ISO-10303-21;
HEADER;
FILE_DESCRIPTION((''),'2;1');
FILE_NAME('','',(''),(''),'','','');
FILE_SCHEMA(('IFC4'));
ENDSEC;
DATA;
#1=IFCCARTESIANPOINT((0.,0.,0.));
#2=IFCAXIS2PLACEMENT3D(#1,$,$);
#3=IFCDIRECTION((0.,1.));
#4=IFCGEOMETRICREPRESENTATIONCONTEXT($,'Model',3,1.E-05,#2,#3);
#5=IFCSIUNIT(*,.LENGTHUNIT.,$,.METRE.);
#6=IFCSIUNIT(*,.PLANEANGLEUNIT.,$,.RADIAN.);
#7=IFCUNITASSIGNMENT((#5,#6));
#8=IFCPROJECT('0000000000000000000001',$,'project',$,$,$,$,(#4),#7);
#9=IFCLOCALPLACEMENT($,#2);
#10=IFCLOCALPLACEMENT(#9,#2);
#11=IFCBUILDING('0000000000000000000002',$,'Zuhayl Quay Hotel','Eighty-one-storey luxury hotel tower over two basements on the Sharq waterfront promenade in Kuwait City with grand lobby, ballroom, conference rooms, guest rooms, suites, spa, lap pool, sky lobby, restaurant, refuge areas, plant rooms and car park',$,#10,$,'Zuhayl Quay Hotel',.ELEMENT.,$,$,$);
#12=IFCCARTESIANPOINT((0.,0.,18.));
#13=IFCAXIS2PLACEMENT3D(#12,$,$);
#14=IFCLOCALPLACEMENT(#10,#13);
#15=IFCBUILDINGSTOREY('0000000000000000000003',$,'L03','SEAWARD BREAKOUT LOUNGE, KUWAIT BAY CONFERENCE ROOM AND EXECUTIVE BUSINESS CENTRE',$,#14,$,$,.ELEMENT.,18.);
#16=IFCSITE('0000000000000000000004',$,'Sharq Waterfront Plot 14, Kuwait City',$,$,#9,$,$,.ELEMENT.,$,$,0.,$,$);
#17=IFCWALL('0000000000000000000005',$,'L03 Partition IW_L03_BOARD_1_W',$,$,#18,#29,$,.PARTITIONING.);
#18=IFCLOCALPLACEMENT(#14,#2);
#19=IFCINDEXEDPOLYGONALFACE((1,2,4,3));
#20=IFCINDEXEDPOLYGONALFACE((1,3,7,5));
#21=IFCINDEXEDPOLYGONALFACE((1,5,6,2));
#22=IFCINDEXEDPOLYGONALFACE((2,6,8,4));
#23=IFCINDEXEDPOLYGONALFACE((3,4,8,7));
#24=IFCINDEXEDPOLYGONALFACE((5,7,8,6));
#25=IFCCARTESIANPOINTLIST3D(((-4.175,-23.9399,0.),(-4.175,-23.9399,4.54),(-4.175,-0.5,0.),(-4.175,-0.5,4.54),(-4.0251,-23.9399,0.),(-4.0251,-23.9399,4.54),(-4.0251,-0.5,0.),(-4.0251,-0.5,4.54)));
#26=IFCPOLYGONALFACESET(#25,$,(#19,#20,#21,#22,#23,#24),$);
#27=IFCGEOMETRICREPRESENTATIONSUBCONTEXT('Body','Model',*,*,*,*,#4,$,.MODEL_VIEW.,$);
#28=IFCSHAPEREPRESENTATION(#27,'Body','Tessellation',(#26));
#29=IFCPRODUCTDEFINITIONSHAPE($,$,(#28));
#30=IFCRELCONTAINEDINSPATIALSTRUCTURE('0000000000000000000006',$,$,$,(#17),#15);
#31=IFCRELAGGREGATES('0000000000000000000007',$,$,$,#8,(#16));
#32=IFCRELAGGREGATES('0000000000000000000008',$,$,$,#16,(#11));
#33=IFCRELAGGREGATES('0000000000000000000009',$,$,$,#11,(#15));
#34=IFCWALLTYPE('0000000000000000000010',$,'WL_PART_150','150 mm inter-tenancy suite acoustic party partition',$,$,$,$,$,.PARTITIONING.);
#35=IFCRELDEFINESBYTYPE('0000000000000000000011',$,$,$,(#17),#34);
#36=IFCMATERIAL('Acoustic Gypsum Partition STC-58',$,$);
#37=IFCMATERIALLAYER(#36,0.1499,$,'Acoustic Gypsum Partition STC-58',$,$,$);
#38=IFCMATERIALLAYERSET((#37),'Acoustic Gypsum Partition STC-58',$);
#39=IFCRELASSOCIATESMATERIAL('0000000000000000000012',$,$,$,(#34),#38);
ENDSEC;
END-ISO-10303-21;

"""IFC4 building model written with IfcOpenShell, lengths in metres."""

from ifc_helpers import new_model, si_unit, direction, frame, frame_2d, origin, place, context, subcontext, project, spatial, rectangle, extrude, material, layer, layer_set, type_object, element, save


model = new_model("IFC4")

# Units and contexts
model_context = context("Model", 3, precision=1e-05, world=origin(), true_north=direction((0.0, 1.0)))
body_context = subcontext(model_context, "Body", "Model", "MODEL_VIEW")
ifc_project = project(units=[si_unit("LENGTHUNIT", "METRE"), si_unit("PLANEANGLEUNIT", "RADIAN")], contexts=[model_context])

# Site, building, storey
site_placement = place(None, origin())
site = spatial("IfcSite", under=ifc_project, at=site_placement, Name="Sharq Waterfront Plot 14, Kuwait City", CompositionType="ELEMENT", RefElevation=0.0)
building_placement = place(site_placement, origin())
building = spatial("IfcBuilding", under=site, at=building_placement, Name="Zuhayl Quay Hotel", Description="Eighty-one-storey luxury hotel tower over two basements on the Sharq waterfront promenade in Kuwait City with grand lobby, ballroom, conference rooms, guest rooms, suites, spa, lap pool, sky lobby, restaurant, refuge areas, plant rooms and car park", LongName="Zuhayl Quay Hotel", CompositionType="ELEMENT")
storey_placement = place(building_placement, frame((0.0, 0.0, 18.0)))
storey = spatial("IfcBuildingStorey", under=building, at=storey_placement, Name="L03", Description="SEAWARD BREAKOUT LOUNGE, KUWAIT BAY CONFERENCE ROOM AND EXECUTIVE BUSINESS CENTRE", CompositionType="ELEMENT", Elevation=18.0)

# Wall
ifc_material_1 = material(Name="Acoustic Gypsum Partition STC-58")
ifc_layer_1 = layer(ifc_material_1, 0.1499, Name="Acoustic Gypsum Partition STC-58")
ifc_layer_set_1 = layer_set([ifc_layer_1], Name="Acoustic Gypsum Partition STC-58")
wall_type_1 = type_object("IfcWallType", Name="WL_PART_150", Description="150 mm inter-tenancy suite acoustic party partition", PredefinedType="PARTITIONING", material=ifc_layer_set_1)
for number, where, z_axis, x_axis, name in (
    (1, (-4.1001, -23.9399, 0.0), (0.0, 0.0, 1.0), (0.0, 1.0, 0.0), "L03 Partition IW_L03_BOARD_1_W"),
):
    element("IfcWall", number, at=place(storey_placement, frame(where, z_axis=z_axis, x_axis=x_axis)), inside=storey, type_object=wall_type_1, Name=name, PredefinedType="PARTITIONING", context=body_context, shape_type="SweptSolid", body=[
        extrude(rectangle(XDim=23.4399, YDim=0.1499, at=frame_2d((11.72, 0.0))), origin(), (0.0, 0.0, 1.0), 4.54),
    ])

save(model, "model.ifc")
